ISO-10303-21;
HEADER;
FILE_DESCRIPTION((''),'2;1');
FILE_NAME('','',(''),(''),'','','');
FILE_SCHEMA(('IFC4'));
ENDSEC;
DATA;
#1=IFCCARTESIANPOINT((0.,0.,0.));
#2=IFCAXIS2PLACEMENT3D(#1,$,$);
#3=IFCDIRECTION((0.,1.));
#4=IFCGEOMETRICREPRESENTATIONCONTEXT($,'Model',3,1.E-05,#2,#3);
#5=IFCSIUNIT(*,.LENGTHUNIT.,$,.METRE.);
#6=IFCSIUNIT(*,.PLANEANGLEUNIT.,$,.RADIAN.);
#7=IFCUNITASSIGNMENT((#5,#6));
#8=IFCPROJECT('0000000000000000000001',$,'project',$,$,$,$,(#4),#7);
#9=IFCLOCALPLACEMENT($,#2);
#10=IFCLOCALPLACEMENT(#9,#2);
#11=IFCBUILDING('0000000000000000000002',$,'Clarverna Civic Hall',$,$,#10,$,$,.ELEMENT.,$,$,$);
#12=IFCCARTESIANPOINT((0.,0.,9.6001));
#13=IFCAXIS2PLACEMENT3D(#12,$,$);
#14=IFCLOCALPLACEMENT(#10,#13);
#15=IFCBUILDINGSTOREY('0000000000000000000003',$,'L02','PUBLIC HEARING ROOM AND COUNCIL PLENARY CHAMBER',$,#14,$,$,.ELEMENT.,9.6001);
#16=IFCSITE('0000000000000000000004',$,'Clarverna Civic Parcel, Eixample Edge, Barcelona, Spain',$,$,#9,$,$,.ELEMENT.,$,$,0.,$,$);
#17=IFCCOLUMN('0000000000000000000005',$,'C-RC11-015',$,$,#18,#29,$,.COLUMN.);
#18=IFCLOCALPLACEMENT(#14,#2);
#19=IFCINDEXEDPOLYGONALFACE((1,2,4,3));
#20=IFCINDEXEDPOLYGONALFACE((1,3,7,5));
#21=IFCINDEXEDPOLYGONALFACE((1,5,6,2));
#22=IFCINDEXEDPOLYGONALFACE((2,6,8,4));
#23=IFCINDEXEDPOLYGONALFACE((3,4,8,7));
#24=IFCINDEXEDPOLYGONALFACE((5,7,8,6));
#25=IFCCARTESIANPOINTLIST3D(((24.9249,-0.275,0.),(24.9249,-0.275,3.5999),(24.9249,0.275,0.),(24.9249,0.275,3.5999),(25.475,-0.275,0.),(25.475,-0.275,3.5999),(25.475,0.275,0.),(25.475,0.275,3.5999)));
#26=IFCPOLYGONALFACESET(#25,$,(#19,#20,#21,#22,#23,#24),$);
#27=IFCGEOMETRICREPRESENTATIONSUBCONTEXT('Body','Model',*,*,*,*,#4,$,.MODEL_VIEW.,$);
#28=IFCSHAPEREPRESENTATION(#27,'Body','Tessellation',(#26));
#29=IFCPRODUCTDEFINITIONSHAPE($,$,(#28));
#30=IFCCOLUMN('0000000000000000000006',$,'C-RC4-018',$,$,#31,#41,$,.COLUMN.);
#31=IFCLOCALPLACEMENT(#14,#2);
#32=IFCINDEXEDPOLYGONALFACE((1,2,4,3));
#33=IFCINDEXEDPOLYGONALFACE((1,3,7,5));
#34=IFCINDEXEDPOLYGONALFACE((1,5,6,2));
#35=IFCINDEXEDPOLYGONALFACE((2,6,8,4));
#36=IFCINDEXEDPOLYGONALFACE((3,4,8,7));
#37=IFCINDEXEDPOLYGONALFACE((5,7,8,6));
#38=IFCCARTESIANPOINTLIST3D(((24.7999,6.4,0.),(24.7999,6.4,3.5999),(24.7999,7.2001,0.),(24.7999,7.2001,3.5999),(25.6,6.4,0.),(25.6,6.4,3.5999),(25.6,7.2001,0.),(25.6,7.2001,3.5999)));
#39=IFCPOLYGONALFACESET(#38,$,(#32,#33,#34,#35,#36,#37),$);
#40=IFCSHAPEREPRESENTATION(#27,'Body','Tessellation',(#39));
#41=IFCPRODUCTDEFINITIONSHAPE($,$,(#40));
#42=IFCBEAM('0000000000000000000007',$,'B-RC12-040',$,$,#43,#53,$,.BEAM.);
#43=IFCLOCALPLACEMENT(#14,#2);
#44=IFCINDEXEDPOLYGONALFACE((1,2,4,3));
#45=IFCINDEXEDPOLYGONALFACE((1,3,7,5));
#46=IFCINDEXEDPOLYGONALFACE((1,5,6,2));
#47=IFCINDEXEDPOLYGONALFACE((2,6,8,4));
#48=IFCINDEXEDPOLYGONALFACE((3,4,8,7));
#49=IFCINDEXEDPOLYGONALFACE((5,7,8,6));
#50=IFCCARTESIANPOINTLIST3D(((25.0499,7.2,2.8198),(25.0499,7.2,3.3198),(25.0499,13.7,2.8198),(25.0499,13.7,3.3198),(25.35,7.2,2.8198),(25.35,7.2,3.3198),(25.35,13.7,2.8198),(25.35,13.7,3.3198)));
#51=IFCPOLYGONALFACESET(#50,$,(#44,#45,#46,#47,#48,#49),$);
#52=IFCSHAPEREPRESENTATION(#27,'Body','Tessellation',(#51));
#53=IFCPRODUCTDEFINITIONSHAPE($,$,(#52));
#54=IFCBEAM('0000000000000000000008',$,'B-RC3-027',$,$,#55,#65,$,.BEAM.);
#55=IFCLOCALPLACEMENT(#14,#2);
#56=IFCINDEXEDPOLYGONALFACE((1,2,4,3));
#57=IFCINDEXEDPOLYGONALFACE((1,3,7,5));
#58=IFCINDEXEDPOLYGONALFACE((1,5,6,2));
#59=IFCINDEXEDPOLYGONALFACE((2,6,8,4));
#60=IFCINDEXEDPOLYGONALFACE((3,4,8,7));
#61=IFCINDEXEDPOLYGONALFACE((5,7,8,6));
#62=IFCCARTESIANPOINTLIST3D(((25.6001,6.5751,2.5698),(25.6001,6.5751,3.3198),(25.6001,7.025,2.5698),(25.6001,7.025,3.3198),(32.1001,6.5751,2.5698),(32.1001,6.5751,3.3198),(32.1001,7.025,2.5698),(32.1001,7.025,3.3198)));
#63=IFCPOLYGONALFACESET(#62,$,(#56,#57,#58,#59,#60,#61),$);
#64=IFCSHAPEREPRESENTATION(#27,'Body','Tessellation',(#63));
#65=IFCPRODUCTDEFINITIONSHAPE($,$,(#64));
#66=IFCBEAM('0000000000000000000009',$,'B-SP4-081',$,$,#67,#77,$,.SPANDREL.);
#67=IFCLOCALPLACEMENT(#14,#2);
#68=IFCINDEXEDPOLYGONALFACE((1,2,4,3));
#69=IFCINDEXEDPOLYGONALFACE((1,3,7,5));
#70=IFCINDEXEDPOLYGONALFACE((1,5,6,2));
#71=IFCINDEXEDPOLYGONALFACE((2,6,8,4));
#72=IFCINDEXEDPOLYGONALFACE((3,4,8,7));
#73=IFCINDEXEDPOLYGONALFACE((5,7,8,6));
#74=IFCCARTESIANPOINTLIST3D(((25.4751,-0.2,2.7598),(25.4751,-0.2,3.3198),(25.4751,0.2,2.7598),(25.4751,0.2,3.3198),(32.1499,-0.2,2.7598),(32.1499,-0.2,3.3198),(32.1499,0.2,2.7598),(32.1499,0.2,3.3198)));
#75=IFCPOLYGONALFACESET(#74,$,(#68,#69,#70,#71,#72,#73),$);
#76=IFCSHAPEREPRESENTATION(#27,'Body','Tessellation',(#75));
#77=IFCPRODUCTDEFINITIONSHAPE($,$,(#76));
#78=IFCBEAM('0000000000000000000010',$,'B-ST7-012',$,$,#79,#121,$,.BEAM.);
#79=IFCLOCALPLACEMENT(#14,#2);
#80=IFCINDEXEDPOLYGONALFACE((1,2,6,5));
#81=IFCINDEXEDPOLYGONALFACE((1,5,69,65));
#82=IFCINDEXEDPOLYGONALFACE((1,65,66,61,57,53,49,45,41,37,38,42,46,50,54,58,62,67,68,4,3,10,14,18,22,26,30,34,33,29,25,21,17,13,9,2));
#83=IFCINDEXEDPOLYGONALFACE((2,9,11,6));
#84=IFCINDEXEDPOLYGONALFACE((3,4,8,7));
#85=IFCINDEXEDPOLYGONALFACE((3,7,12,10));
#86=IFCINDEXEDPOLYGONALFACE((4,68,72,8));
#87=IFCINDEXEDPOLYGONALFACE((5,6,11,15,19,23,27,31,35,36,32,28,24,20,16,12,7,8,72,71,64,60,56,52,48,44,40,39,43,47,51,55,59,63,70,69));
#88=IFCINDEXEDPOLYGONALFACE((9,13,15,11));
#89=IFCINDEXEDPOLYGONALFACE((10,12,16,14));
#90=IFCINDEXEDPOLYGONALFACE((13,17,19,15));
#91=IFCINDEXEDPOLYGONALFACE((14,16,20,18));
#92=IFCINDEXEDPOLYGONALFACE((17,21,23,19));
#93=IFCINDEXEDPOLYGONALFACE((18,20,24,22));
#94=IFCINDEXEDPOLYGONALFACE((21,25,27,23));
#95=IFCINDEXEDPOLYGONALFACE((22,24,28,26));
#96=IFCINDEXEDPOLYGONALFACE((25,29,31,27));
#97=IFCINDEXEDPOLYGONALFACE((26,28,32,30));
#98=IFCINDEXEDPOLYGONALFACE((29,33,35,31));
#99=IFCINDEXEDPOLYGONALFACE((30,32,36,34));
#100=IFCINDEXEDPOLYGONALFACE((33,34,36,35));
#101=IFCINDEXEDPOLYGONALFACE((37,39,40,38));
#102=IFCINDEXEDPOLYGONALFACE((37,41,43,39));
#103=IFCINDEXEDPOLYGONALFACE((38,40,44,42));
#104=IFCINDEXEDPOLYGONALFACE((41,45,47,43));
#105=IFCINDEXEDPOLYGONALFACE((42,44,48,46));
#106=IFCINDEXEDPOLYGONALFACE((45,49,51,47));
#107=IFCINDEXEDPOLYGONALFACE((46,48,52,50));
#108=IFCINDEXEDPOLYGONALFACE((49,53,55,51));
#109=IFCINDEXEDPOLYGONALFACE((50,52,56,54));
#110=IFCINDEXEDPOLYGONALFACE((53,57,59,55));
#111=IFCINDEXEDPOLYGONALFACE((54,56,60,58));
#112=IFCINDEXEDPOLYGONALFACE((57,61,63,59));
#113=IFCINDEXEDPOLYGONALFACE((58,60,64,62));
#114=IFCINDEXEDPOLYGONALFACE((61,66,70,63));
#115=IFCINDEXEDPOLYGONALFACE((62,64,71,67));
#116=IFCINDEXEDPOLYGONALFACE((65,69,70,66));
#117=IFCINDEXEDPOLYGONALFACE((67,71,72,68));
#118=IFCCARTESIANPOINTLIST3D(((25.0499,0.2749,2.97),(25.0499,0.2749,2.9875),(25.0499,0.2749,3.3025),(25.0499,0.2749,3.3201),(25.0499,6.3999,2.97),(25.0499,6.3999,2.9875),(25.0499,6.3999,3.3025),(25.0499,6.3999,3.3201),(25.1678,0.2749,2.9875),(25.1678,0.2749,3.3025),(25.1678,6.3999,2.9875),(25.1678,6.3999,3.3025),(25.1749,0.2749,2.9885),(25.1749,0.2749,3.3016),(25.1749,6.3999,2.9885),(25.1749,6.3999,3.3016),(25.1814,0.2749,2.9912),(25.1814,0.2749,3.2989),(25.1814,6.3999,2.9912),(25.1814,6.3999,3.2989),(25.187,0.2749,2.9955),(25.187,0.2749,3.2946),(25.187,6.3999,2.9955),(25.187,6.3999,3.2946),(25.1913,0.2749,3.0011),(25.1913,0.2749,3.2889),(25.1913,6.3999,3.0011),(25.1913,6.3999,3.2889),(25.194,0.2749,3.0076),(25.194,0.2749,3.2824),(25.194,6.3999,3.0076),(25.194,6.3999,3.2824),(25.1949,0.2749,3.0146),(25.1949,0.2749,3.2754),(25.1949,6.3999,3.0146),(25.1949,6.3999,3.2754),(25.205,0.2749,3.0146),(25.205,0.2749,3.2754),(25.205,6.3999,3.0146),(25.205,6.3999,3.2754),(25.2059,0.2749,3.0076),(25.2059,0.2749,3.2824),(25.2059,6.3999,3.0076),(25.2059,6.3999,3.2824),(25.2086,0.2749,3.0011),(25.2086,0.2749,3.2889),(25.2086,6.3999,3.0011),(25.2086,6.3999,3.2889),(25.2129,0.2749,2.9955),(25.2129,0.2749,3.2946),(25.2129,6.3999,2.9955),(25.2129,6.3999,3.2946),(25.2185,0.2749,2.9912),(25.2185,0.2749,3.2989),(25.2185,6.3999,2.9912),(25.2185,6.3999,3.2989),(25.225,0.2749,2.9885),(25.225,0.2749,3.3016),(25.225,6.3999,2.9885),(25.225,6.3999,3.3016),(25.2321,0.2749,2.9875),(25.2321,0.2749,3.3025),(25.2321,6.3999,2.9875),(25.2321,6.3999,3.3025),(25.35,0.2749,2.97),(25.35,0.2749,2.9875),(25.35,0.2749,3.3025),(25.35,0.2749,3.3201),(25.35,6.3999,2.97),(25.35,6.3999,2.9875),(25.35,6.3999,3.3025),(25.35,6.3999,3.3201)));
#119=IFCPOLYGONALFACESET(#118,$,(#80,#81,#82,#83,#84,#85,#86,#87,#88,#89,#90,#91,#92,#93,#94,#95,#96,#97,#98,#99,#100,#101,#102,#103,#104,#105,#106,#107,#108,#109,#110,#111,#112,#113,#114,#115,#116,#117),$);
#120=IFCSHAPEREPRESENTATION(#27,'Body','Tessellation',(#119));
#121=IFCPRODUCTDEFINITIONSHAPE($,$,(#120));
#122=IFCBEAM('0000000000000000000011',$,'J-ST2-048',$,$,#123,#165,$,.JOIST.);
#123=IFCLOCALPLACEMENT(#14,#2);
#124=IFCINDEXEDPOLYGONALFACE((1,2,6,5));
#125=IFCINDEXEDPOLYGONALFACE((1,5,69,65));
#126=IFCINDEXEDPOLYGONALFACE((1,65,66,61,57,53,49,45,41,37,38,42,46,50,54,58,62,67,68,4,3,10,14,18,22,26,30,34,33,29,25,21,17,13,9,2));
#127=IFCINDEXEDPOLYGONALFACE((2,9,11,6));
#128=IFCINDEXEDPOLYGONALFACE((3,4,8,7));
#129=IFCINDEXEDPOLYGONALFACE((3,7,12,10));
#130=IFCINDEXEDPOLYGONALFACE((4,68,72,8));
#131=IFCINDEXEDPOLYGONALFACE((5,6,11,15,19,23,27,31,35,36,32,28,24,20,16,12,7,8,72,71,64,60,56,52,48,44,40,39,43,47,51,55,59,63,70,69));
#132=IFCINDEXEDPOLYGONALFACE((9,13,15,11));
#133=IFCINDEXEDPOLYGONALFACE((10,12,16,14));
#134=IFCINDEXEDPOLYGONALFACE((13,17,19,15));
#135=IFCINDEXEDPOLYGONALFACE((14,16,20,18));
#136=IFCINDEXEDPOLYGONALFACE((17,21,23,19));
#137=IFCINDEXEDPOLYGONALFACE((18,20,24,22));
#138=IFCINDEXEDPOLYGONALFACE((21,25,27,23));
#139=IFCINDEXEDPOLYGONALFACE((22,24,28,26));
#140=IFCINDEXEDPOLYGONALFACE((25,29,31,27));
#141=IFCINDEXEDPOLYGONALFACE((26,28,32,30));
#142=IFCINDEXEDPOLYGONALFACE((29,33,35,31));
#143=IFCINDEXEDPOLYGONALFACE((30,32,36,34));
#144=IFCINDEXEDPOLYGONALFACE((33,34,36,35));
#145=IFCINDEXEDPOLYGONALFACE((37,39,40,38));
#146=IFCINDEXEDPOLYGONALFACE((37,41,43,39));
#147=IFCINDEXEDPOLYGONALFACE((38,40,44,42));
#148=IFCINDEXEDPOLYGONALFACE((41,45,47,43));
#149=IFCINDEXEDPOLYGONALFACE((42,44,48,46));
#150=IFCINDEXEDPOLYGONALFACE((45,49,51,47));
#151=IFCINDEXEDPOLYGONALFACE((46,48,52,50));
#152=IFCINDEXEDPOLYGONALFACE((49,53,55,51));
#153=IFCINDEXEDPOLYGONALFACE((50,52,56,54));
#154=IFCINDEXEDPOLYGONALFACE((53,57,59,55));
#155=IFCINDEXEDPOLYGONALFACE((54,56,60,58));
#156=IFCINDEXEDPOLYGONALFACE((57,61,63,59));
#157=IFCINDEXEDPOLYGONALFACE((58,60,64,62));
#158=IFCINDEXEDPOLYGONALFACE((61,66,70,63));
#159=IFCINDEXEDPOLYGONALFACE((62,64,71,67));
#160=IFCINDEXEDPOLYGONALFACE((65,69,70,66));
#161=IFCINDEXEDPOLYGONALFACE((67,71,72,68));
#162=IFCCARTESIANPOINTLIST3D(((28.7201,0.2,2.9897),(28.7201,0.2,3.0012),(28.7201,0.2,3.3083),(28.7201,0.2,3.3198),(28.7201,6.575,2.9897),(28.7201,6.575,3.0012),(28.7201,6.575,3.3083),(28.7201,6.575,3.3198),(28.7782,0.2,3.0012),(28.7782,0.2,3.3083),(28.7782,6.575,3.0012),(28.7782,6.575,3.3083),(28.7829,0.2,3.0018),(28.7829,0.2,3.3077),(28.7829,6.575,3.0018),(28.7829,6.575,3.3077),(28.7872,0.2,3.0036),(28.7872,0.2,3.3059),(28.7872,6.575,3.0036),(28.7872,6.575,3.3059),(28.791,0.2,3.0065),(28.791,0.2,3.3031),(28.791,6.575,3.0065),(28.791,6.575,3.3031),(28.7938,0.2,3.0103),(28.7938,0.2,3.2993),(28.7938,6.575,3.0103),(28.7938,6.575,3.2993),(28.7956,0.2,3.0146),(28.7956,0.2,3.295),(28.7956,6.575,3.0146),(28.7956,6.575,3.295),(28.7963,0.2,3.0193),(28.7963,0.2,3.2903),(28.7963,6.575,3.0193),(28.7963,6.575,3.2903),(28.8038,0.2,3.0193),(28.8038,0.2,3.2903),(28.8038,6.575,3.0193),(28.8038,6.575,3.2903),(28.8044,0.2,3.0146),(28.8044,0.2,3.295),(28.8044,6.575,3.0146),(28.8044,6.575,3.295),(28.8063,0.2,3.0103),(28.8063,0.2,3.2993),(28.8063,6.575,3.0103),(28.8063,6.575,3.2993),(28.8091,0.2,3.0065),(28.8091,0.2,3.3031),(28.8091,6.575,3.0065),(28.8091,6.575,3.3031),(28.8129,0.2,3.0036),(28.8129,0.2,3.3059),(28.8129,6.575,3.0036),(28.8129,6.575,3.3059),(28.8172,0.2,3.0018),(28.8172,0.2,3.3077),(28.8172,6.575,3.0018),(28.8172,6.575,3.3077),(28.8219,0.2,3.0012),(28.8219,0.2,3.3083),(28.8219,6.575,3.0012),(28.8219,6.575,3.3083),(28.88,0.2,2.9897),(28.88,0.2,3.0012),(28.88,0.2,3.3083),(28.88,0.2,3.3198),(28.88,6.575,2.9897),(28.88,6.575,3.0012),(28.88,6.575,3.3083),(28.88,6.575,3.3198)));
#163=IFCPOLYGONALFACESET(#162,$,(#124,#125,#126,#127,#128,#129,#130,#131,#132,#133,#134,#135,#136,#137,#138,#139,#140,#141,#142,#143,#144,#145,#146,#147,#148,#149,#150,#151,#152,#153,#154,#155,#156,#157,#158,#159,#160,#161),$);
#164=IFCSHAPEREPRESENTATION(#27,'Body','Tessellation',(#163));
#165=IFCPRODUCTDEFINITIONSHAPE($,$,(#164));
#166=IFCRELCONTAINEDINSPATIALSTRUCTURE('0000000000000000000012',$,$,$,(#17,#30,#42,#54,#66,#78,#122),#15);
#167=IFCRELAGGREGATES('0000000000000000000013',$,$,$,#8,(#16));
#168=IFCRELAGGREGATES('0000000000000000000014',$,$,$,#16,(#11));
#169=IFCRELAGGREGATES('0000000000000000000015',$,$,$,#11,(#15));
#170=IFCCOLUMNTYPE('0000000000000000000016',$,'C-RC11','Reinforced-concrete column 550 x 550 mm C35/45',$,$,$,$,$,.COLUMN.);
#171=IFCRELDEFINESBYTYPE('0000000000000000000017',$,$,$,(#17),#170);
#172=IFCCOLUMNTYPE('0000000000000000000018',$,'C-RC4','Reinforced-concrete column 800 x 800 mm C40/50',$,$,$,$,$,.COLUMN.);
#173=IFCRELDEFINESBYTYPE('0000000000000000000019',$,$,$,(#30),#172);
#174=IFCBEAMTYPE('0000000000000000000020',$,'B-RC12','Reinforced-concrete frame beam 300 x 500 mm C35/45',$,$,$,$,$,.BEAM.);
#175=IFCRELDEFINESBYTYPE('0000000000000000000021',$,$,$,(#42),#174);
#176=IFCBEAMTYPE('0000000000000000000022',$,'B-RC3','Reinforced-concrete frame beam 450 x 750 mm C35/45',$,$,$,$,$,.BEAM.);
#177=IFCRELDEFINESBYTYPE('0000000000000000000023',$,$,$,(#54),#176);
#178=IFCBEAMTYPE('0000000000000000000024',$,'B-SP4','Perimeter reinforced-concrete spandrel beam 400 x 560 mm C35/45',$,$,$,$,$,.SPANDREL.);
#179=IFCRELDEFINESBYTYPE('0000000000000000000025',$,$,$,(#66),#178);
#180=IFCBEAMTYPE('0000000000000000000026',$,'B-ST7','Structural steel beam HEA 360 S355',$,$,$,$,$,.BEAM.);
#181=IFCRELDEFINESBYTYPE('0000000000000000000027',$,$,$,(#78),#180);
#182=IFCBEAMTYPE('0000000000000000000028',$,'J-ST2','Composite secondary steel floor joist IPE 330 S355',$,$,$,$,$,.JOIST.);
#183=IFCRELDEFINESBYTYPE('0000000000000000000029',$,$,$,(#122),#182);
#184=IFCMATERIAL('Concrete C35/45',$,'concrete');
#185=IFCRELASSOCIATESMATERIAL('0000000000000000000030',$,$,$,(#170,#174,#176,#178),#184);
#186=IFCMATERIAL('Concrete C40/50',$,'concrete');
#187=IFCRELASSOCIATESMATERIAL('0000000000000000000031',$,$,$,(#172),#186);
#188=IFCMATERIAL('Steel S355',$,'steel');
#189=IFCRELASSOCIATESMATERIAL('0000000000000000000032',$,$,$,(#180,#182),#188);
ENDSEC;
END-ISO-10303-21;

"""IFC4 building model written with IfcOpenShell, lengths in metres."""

from ifc_helpers import new_model, si_unit, direction, frame, origin, origin_2d, place, context, subcontext, project, spatial, rectangle, i_section, extrude, material, material_profile, profile_set, type_object, element, save


model = new_model("IFC4")

# Units and contexts
model_context = context("Model", 3, precision=1e-05, world=origin(), true_north=direction((0.0, 1.0)))
body_context = subcontext(model_context, "Body", "Model", "MODEL_VIEW")
ifc_project = project(units=[si_unit("LENGTHUNIT", "METRE"), si_unit("PLANEANGLEUNIT", "RADIAN")], contexts=[model_context])

# Site, building, storey
site_placement = place(None, origin())
site = spatial("IfcSite", under=ifc_project, at=site_placement, Name="Clarverna Civic Parcel, Eixample Edge, Barcelona, Spain", CompositionType="ELEMENT", RefElevation=0.0)
building_placement = place(site_placement, origin())
building = spatial("IfcBuilding", under=site, at=building_placement, Name="Clarverna Civic Hall", CompositionType="ELEMENT")
storey_placement = place(building_placement, frame((0.0, 0.0, 9.6001)))
storey = spatial("IfcBuildingStorey", under=building, at=storey_placement, Name="L02", Description="PUBLIC HEARING ROOM AND COUNCIL PLENARY CHAMBER", CompositionType="ELEMENT", Elevation=9.6001)

# Columns
ifc_material_1 = material(Name="Concrete C35/45", Category="concrete")
ifc_material_profile_1 = material_profile(ifc_material_1, rectangle(XDim=0.55, YDim=0.55, at=origin_2d()), Name="RC 550x550")
ifc_profile_set_1 = profile_set([ifc_material_profile_1], Name="Concrete C35/45")
column_type_1 = type_object("IfcColumnType", Name="C-RC11", Description="Reinforced-concrete column 550 x 550 mm C35/45", PredefinedType="COLUMN", material=ifc_profile_set_1)
column_1_placement = place(storey_placement, frame((25.2, 0.0, 0.0), z_axis=(0.0, 0.0, 1.0), x_axis=(1.0, 0.0, 0.0)))
element("IfcColumn", 1, at=column_1_placement, inside=storey, type_object=column_type_1, Name="C-RC11-015", PredefinedType="COLUMN", context=body_context, shape_type="SweptSolid", body=[
    extrude(rectangle(XDim=0.55, YDim=0.55, at=origin_2d()), origin(), (0.0, 0.0, 1.0), 3.5999),
])
ifc_material_2 = material(Name="Concrete C40/50", Category="concrete")
ifc_material_profile_2 = material_profile(ifc_material_2, rectangle(XDim=0.8, YDim=0.8, at=origin_2d()), Name="RC 800x800")
ifc_profile_set_2 = profile_set([ifc_material_profile_2], Name="Concrete C40/50")
column_type_2 = type_object("IfcColumnType", Name="C-RC4", Description="Reinforced-concrete column 800 x 800 mm C40/50", PredefinedType="COLUMN", material=ifc_profile_set_2)
column_2_placement = place(storey_placement, frame((25.2, 6.8, 0.0), z_axis=(0.0, 0.0, 1.0), x_axis=(1.0, 0.0, 0.0)))
element("IfcColumn", 2, at=column_2_placement, inside=storey, type_object=column_type_2, Name="C-RC4-018", PredefinedType="COLUMN", context=body_context, shape_type="SweptSolid", body=[
    extrude(rectangle(XDim=0.8, YDim=0.8, at=origin_2d()), origin(), (0.0, 0.0, 1.0), 3.5999),
])

# Beams
ifc_material_profile_3 = material_profile(ifc_material_1, rectangle(XDim=0.3, YDim=0.5, at=origin_2d()), Name="RC 300x500")
ifc_profile_set_3 = profile_set([ifc_material_profile_3], Name="Concrete C35/45")
beam_type_1 = type_object("IfcBeamType", Name="B-RC12", Description="Reinforced-concrete frame beam 300 x 500 mm C35/45", PredefinedType="BEAM", material=ifc_profile_set_3)
beam_1_placement = place(storey_placement, frame((25.2, 7.2, 3.0698), z_axis=(0.0, 1.0, 0.0), x_axis=(-1.0, 0.0, 0.0)))
element("IfcBeam", 3, at=beam_1_placement, inside=storey, type_object=beam_type_1, Name="B-RC12-040", PredefinedType="BEAM", context=body_context, shape_type="SweptSolid", body=[
    extrude(rectangle(XDim=0.3, YDim=0.5, at=origin_2d()), origin(), (0.0, 0.0, 1.0), 6.5),
])
ifc_material_profile_4 = material_profile(ifc_material_1, rectangle(XDim=0.45, YDim=0.75, at=origin_2d()), Name="RC 450x750")
ifc_profile_set_4 = profile_set([ifc_material_profile_4], Name="Concrete C35/45")
beam_type_2 = type_object("IfcBeamType", Name="B-RC3", Description="Reinforced-concrete frame beam 450 x 750 mm C35/45", PredefinedType="BEAM", material=ifc_profile_set_4)
beam_2_placement = place(storey_placement, frame((25.6001, 6.8, 2.9448), z_axis=(1.0, 0.0, 0.0), x_axis=(0.0, 1.0, 0.0)))
element("IfcBeam", 4, at=beam_2_placement, inside=storey, type_object=beam_type_2, Name="B-RC3-027", PredefinedType="BEAM", context=body_context, shape_type="SweptSolid", body=[
    extrude(rectangle(XDim=0.45, YDim=0.75, at=origin_2d()), origin(), (0.0, 0.0, 1.0), 6.5),
])
ifc_material_profile_5 = material_profile(ifc_material_1, rectangle(XDim=0.3999, YDim=0.5601, at=origin_2d()), Name="RC 400x560")
ifc_profile_set_5 = profile_set([ifc_material_profile_5], Name="Concrete C35/45")
beam_type_3 = type_object("IfcBeamType", Name="B-SP4", Description="Perimeter reinforced-concrete spandrel beam 400 x 560 mm C35/45", PredefinedType="SPANDREL", material=ifc_profile_set_5)
beam_3_placement = place(storey_placement, frame((25.4751, 0.0, 3.0398), z_axis=(1.0, 0.0, 0.0), x_axis=(0.0, 1.0, 0.0)))
element("IfcBeam", 5, at=beam_3_placement, inside=storey, type_object=beam_type_3, Name="B-SP4-081", PredefinedType="SPANDREL", context=body_context, shape_type="SweptSolid", body=[
    extrude(rectangle(XDim=0.3999, YDim=0.5601, at=origin_2d()), origin(), (0.0, 0.0, 1.0), 6.6748),
])
ifc_material_3 = material(Name="Steel S355", Category="steel")
ifc_material_profile_6 = material_profile(ifc_material_3, i_section(OverallWidth=0.3, OverallDepth=0.3501, WebThickness=0.01, FlangeThickness=0.0176, FilletRadius=0.0271, at=origin_2d()), Name="HEA 360")
ifc_profile_set_6 = profile_set([ifc_material_profile_6], Name="Steel S355")
beam_type_4 = type_object("IfcBeamType", Name="B-ST7", Description="Structural steel beam HEA 360 S355", PredefinedType="BEAM", material=ifc_profile_set_6)
beam_4_placement = place(storey_placement, frame((25.2, 0.2749, 3.145), z_axis=(0.0, 1.0, 0.0), x_axis=(-1.0, 0.0, 0.0)))
element("IfcBeam", 6, at=beam_4_placement, inside=storey, type_object=beam_type_4, Name="B-ST7-012", PredefinedType="BEAM", context=body_context, shape_type="SweptSolid", body=[
    extrude(i_section(OverallWidth=0.3, OverallDepth=0.3501, WebThickness=0.01, FlangeThickness=0.0176, FilletRadius=0.0271, at=origin_2d()), origin(), (0.0, 0.0, 1.0), 6.125),
])
ifc_material_profile_7 = material_profile(ifc_material_3, i_section(OverallWidth=0.1599, OverallDepth=0.3301, WebThickness=0.0076, FlangeThickness=0.0115, FilletRadius=0.0181, at=origin_2d()), Name="IPE 330")
ifc_profile_set_7 = profile_set([ifc_material_profile_7], Name="Steel S355")
beam_type_5 = type_object("IfcBeamType", Name="J-ST2", Description="Composite secondary steel floor joist IPE 330 S355", PredefinedType="JOIST", material=ifc_profile_set_7)
beam_5_placement = place(storey_placement, frame((28.8, 0.2, 3.1548), z_axis=(0.0, 1.0, 0.0), x_axis=(-1.0, 0.0, 0.0)))
element("IfcBeam", 7, at=beam_5_placement, inside=storey, type_object=beam_type_5, Name="J-ST2-048", PredefinedType="JOIST", context=body_context, shape_type="SweptSolid", body=[
    extrude(i_section(OverallWidth=0.1599, OverallDepth=0.3301, WebThickness=0.0076, FlangeThickness=0.0115, FilletRadius=0.0181, at=origin_2d()), origin(), (0.0, 0.0, 1.0), 6.375),
])

save(model, "model.ifc")
